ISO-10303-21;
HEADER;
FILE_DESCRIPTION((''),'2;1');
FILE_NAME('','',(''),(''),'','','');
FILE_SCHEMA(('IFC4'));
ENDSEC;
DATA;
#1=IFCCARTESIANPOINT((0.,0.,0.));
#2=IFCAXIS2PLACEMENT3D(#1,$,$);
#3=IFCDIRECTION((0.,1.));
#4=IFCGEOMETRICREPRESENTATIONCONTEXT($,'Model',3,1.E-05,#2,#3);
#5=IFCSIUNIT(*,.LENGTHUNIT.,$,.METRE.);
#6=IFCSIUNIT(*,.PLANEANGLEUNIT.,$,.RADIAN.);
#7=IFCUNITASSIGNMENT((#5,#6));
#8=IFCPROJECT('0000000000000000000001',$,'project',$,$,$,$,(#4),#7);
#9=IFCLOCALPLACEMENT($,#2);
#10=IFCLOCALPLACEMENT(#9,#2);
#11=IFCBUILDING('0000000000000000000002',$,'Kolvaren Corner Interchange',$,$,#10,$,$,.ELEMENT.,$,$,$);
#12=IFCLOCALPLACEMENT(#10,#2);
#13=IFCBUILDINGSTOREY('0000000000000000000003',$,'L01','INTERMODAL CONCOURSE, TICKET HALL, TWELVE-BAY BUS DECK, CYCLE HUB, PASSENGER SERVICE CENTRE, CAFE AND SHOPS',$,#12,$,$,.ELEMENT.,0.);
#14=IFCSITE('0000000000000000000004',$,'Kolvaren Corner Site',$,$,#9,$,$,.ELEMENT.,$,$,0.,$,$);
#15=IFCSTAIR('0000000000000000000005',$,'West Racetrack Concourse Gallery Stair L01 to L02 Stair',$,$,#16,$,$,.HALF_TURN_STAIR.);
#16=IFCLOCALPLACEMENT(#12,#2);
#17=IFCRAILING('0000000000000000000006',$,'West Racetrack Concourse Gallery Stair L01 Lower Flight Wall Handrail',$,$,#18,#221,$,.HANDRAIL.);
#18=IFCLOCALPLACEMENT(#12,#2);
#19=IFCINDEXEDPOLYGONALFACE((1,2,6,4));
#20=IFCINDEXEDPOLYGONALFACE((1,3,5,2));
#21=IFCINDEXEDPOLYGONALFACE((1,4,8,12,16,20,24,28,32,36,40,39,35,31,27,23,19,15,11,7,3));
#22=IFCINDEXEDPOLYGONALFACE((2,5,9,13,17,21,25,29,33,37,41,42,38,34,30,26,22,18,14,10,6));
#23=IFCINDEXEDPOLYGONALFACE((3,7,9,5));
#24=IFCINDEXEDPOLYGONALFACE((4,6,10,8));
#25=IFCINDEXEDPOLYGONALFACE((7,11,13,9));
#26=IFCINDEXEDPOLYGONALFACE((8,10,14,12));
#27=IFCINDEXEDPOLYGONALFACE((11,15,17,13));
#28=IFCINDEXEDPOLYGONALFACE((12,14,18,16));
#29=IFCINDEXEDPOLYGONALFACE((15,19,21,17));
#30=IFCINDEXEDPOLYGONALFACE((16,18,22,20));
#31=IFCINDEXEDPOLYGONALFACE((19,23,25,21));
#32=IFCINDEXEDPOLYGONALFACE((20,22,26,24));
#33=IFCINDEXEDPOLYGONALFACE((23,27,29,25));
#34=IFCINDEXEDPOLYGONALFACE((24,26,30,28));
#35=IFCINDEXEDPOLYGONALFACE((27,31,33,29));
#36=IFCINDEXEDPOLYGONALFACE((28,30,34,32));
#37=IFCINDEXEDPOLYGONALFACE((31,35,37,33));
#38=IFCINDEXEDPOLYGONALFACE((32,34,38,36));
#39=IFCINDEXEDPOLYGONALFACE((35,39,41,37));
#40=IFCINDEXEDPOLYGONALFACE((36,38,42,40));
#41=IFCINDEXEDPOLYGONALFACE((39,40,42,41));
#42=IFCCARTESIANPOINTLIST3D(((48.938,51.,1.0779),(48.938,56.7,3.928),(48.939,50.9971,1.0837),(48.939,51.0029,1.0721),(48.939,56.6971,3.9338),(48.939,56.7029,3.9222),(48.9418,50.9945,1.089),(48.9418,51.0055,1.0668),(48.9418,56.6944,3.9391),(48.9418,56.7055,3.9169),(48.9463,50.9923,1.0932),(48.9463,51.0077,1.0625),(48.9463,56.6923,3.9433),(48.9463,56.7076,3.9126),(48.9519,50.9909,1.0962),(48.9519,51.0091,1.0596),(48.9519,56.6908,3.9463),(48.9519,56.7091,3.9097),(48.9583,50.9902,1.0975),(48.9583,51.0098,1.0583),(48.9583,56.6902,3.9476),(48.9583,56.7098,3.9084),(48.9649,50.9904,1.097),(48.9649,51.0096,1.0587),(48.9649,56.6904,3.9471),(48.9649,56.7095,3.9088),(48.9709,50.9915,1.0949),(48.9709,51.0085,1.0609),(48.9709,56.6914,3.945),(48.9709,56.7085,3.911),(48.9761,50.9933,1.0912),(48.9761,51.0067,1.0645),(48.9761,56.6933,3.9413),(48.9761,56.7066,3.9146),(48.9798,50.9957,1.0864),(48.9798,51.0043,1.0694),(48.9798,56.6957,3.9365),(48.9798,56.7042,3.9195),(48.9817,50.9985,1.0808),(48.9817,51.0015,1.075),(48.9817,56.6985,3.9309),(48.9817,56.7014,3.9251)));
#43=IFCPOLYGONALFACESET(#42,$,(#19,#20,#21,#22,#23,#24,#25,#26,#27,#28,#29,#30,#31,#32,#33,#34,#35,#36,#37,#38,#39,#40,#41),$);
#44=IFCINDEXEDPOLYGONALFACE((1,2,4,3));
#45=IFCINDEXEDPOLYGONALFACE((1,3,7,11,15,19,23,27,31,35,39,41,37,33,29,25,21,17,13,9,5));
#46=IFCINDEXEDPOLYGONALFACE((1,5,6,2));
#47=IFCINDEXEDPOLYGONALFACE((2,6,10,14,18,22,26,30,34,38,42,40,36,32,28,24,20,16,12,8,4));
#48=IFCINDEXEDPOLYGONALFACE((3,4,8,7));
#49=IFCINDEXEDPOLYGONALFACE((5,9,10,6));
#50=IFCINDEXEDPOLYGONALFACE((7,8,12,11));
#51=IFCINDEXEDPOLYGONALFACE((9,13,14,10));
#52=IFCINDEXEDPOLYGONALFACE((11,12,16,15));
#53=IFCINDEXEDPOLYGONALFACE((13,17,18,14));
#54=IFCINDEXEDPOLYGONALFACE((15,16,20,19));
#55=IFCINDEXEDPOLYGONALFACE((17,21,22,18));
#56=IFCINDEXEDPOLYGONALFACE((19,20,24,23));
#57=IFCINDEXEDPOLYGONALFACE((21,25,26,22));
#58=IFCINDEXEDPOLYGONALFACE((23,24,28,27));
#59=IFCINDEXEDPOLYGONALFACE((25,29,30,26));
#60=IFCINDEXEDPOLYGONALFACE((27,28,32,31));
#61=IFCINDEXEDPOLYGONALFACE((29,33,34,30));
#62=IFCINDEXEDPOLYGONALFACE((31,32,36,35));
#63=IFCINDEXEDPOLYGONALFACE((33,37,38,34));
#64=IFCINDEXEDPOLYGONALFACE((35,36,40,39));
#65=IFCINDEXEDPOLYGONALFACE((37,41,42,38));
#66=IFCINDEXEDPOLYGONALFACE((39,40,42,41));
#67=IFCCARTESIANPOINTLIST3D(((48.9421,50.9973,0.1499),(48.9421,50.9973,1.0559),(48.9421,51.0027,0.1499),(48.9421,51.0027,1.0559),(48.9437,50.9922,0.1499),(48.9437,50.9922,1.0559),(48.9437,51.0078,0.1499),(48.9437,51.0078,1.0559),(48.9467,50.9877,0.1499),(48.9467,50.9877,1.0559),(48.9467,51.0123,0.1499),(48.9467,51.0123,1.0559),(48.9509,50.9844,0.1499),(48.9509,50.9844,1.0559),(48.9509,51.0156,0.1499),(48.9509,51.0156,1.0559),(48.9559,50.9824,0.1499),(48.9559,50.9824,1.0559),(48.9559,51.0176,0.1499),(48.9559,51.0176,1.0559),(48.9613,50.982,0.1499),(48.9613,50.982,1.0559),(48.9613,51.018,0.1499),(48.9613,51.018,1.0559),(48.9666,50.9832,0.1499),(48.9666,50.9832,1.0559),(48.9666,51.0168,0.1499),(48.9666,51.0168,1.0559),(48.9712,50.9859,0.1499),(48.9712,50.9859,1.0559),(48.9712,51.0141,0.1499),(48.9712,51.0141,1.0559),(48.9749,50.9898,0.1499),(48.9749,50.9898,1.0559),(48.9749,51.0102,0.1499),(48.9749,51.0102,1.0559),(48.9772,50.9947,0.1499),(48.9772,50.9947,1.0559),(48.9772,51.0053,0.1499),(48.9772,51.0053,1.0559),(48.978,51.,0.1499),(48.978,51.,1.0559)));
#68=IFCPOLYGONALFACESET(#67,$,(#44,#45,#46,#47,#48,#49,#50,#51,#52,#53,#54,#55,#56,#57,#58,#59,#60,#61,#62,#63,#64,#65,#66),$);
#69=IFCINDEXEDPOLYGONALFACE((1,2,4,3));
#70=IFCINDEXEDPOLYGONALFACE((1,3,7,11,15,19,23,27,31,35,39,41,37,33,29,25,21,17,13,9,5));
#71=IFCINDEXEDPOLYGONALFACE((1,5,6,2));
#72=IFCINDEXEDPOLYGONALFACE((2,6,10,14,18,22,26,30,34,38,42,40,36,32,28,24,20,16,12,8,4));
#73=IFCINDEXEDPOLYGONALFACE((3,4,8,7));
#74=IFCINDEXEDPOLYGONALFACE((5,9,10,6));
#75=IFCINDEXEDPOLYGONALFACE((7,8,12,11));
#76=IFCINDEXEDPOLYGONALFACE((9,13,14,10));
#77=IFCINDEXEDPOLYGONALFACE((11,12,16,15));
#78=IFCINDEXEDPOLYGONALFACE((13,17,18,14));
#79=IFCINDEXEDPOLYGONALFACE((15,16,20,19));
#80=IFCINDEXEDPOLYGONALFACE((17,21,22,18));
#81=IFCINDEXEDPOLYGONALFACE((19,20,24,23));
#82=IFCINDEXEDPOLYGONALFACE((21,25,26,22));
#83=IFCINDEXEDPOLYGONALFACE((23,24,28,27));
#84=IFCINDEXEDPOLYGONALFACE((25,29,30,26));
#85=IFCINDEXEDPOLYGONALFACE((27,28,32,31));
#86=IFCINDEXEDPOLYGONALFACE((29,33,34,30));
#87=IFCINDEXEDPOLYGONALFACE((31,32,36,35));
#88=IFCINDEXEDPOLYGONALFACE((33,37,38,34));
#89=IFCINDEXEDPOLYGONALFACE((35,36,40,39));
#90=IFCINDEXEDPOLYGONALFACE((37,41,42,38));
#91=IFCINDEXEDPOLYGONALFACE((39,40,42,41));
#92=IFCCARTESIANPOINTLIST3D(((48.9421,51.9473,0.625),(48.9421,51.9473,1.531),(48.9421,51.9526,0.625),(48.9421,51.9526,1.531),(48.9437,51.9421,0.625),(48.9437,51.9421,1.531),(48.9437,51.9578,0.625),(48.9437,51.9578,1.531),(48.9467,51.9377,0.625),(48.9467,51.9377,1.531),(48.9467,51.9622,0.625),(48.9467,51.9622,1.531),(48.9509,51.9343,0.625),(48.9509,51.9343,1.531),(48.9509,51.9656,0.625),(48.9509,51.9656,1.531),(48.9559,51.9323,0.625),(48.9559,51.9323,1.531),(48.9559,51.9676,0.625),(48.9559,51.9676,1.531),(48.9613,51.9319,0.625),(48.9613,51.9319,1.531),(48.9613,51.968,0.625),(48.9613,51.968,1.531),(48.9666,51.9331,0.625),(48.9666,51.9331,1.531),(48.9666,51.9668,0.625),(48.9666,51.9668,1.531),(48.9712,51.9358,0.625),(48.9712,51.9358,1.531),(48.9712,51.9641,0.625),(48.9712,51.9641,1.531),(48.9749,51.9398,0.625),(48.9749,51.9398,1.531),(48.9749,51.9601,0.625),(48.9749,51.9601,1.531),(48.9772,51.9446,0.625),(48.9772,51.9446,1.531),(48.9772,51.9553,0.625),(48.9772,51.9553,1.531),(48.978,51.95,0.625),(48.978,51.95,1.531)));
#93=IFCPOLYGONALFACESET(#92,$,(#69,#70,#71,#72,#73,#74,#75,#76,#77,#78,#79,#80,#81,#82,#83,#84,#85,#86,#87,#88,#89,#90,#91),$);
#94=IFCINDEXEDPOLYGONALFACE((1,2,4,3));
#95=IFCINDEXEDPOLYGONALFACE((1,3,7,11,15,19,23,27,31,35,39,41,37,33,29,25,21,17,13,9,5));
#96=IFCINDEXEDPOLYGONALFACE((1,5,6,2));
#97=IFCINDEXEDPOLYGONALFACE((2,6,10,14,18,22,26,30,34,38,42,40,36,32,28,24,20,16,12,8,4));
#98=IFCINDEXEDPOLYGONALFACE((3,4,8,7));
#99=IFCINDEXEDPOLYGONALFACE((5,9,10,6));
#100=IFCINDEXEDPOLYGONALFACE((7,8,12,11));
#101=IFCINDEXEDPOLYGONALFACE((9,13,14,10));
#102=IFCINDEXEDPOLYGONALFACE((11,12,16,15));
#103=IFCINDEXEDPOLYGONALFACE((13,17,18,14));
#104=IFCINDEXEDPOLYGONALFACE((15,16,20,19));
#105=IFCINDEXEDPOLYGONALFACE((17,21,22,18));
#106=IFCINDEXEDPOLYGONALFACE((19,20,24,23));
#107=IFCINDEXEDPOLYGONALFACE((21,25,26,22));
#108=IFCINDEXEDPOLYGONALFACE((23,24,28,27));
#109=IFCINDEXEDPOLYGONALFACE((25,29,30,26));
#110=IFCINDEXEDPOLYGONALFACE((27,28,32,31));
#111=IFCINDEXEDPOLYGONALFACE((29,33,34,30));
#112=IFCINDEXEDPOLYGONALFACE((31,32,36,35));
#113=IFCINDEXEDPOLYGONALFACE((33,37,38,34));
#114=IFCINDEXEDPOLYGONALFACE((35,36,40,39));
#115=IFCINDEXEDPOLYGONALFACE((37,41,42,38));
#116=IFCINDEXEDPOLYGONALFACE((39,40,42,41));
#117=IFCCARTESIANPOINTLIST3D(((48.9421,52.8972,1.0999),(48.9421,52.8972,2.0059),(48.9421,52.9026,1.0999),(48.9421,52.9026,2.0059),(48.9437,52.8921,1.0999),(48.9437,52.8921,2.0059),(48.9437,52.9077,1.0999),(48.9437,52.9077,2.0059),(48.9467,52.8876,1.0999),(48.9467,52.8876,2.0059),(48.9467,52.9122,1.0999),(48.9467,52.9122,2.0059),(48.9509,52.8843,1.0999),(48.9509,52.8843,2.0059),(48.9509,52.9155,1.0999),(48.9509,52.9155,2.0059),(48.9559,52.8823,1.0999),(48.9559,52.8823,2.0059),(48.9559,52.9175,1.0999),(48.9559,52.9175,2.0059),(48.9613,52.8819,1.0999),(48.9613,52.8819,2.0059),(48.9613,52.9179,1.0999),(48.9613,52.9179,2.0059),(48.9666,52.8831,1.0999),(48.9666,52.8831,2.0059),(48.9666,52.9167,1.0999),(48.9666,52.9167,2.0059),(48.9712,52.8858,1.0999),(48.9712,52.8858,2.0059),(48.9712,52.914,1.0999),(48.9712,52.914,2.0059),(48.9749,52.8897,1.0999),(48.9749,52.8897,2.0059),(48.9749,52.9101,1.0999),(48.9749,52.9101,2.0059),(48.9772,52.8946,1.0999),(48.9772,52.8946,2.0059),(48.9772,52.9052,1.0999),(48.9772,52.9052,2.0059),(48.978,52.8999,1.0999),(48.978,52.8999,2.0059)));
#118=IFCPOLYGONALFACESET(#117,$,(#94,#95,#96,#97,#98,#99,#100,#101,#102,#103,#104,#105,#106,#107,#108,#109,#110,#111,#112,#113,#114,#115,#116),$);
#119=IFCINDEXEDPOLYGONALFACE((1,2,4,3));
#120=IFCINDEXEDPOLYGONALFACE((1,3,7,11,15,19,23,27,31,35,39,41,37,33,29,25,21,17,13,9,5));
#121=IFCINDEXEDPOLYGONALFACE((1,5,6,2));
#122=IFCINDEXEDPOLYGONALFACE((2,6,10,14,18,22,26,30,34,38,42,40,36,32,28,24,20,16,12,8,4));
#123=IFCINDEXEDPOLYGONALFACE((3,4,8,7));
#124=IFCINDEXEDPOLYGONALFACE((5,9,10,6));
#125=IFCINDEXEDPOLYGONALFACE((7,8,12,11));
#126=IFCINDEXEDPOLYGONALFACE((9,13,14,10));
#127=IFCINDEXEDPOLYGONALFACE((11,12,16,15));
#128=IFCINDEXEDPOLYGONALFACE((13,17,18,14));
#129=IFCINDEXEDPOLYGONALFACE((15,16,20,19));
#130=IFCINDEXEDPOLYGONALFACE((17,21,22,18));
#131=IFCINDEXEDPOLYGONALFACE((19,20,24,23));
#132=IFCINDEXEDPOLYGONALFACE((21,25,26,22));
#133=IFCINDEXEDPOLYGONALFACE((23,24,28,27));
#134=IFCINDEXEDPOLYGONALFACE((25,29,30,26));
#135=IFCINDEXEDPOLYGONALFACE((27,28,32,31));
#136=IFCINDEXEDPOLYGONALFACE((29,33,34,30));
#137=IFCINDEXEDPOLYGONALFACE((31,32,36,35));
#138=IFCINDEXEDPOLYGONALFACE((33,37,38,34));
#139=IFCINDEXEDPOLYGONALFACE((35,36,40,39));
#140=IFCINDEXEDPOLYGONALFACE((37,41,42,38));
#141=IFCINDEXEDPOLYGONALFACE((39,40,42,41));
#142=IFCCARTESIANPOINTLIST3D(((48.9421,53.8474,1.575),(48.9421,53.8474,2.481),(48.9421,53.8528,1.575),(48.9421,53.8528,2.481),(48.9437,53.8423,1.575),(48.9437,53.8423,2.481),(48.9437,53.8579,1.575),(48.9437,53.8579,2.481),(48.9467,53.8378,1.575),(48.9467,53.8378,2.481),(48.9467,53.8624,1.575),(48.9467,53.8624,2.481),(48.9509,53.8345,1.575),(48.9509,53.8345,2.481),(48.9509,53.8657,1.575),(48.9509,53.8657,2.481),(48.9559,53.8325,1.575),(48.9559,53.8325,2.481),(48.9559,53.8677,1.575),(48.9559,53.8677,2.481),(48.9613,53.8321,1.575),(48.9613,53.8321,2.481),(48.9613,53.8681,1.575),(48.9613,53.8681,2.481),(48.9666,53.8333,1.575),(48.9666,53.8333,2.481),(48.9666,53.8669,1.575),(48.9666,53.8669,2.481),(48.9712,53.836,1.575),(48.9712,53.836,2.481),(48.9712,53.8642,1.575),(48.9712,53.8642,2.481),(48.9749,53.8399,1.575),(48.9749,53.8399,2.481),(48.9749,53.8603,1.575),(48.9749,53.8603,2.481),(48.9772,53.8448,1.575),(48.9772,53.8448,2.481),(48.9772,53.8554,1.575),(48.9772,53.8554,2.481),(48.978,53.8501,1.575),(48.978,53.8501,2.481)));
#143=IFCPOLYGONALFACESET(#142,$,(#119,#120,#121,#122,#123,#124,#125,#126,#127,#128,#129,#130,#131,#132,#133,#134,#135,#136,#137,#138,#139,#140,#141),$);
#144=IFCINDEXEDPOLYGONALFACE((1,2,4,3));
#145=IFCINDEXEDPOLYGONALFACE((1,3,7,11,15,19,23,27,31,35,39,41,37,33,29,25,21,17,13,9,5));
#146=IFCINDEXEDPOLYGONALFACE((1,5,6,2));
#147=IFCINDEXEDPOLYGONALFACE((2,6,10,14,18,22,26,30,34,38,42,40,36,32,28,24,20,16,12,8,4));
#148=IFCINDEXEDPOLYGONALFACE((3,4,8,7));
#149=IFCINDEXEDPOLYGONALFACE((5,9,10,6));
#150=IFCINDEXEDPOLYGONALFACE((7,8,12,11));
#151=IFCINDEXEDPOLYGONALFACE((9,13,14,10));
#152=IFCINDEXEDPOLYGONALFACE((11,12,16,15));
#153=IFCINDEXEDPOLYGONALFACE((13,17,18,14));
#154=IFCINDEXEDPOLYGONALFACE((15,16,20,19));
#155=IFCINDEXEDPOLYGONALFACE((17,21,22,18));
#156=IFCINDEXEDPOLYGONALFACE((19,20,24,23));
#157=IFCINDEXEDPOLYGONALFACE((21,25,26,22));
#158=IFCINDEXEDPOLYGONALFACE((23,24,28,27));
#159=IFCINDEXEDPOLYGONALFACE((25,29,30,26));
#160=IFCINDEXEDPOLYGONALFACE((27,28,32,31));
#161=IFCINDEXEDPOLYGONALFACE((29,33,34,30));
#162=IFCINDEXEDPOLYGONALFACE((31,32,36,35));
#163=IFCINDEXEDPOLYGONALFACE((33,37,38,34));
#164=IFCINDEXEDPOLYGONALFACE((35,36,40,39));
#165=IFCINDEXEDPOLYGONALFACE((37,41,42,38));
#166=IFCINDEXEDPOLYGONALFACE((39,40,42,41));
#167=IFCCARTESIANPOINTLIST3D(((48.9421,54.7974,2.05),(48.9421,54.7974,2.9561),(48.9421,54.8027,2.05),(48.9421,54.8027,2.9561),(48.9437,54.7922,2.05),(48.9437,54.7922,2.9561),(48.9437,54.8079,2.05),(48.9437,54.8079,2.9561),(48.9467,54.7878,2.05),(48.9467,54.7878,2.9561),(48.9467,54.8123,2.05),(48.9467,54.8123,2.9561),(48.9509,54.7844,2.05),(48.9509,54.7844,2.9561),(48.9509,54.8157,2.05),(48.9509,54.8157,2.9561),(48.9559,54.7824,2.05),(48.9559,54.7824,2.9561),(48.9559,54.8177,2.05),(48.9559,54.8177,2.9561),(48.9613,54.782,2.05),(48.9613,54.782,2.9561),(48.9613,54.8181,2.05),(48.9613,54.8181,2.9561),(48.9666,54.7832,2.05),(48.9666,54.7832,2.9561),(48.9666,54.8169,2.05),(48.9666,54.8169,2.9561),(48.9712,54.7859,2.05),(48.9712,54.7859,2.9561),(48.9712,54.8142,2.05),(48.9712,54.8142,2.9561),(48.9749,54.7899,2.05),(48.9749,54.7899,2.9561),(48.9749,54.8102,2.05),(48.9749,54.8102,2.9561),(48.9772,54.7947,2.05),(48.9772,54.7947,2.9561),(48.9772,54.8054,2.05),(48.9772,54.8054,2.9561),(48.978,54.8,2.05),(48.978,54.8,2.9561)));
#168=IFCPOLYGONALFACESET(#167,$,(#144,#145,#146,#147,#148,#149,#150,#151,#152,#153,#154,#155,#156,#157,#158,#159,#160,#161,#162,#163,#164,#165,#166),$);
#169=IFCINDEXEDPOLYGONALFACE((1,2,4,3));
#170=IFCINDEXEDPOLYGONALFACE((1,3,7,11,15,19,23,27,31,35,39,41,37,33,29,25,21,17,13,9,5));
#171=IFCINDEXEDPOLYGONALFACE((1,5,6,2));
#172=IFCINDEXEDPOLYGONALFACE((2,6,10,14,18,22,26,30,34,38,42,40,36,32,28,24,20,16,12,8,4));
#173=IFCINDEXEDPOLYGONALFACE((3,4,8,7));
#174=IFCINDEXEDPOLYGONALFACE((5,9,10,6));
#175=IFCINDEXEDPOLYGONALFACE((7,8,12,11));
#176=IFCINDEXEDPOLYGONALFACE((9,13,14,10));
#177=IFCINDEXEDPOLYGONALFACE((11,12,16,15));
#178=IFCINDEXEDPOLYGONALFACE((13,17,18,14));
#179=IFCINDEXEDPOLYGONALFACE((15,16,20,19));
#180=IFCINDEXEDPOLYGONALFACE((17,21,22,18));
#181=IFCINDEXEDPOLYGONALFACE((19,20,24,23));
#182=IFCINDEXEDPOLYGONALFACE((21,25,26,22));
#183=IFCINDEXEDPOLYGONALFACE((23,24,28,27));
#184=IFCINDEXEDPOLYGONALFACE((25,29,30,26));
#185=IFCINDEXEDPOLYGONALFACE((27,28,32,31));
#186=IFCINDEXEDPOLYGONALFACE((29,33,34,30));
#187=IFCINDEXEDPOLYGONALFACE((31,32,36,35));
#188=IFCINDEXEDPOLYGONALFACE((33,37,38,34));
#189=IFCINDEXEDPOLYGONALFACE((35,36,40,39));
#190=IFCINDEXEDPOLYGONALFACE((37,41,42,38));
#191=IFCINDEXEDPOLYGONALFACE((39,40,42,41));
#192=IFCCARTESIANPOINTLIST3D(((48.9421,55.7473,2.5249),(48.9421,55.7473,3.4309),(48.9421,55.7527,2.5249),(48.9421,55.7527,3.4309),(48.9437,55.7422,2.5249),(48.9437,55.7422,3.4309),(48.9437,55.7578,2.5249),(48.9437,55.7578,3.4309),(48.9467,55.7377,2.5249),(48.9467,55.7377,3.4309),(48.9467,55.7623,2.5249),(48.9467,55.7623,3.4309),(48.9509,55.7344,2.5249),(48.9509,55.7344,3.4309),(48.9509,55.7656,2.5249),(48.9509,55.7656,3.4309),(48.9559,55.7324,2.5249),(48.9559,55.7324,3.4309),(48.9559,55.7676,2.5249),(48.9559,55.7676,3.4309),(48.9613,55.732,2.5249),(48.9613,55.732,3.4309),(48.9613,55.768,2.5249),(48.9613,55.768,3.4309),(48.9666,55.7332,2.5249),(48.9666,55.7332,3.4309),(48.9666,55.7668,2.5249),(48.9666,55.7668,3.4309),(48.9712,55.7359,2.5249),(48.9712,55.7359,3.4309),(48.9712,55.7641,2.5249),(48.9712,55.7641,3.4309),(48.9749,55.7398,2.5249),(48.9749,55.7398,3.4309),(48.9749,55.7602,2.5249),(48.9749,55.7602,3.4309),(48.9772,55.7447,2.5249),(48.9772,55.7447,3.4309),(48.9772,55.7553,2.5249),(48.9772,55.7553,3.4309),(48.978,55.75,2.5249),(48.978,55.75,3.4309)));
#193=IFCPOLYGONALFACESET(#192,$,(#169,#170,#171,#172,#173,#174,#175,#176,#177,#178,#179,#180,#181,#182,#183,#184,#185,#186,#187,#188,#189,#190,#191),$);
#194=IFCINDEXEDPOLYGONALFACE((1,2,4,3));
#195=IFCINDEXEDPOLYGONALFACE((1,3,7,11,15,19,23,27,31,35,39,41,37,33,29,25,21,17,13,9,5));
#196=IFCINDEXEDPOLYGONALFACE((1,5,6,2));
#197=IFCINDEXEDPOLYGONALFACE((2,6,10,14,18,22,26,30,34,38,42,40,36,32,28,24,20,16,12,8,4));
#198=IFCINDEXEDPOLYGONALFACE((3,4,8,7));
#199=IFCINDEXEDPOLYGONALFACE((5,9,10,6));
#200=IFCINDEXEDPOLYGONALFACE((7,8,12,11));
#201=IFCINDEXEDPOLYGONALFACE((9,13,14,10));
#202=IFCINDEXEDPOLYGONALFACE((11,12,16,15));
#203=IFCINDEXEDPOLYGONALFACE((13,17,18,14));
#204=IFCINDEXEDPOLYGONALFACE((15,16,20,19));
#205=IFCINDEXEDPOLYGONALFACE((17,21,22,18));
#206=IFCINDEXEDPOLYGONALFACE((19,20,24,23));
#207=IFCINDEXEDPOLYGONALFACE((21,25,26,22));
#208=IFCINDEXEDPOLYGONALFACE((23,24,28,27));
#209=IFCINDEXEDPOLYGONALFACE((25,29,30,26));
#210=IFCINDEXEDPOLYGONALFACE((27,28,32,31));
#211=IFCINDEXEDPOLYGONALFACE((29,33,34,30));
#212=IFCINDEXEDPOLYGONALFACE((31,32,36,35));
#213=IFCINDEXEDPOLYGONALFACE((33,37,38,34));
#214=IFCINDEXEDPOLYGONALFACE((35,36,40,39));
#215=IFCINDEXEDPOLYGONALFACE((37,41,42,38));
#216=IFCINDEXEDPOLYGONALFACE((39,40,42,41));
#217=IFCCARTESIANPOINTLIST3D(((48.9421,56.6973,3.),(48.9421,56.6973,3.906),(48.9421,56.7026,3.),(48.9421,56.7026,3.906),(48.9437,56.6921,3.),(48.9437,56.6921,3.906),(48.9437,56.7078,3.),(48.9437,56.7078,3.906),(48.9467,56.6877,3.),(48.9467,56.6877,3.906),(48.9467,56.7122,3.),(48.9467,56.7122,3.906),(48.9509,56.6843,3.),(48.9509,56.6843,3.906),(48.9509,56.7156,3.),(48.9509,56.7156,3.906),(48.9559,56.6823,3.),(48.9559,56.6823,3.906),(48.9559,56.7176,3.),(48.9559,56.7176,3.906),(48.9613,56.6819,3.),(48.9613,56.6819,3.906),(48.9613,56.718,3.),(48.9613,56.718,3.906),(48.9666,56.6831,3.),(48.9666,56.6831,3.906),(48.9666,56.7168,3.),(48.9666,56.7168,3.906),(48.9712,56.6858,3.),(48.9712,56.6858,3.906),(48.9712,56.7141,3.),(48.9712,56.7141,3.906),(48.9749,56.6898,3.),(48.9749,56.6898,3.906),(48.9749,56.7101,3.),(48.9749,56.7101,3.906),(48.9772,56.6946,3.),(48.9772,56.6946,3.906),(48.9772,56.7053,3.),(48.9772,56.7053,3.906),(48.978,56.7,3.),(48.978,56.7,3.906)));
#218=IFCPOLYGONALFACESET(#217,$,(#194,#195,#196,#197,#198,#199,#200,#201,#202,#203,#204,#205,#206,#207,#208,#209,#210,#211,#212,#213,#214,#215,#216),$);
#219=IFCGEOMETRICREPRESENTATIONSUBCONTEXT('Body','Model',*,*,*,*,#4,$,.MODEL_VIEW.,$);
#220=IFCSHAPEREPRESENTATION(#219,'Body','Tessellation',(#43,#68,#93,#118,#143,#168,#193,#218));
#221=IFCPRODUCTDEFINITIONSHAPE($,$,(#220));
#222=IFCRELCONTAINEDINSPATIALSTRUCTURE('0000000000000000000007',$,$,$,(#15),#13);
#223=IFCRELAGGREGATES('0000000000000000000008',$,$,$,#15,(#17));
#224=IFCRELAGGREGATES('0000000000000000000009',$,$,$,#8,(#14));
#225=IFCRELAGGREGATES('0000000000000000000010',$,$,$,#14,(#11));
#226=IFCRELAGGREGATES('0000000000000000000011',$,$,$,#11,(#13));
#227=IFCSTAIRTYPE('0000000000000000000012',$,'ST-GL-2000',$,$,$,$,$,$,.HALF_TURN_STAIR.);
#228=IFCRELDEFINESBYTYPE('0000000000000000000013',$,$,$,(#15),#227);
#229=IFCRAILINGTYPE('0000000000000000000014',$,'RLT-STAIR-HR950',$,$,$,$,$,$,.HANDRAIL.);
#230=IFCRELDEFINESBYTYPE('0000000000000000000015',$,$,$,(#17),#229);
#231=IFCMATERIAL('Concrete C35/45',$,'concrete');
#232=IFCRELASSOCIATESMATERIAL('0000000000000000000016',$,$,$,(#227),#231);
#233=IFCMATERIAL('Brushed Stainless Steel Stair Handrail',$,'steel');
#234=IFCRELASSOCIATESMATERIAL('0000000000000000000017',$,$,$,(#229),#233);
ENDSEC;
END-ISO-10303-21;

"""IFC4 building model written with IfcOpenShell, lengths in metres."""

from ifc_helpers import new_model, si_unit, direction, frame, origin, origin_2d, place, context, subcontext, project, spatial, circle, extrude, material, type_object, element, aggregate, save


model = new_model("IFC4")

# Units and contexts
model_context = context("Model", 3, precision=1e-05, world=origin(), true_north=direction((0.0, 1.0)))
body_context = subcontext(model_context, "Body", "Model", "MODEL_VIEW")
ifc_project = project(units=[si_unit("LENGTHUNIT", "METRE"), si_unit("PLANEANGLEUNIT", "RADIAN")], contexts=[model_context])

# Site, building, storey
site_placement = place(None, origin())
site = spatial("IfcSite", under=ifc_project, at=site_placement, Name="Kolvaren Corner Site", CompositionType="ELEMENT", RefElevation=0.0)
building_placement = place(site_placement, origin())
building = spatial("IfcBuilding", under=site, at=building_placement, Name="Kolvaren Corner Interchange", CompositionType="ELEMENT")
storey_placement = place(building_placement, origin())
storey = spatial("IfcBuildingStorey", under=building, at=storey_placement, Name="L01", Description="INTERMODAL CONCOURSE, TICKET HALL, TWELVE-BAY BUS DECK, CYCLE HUB, PASSENGER SERVICE CENTRE, CAFE AND SHOPS", CompositionType="ELEMENT", Elevation=0.0)

# Stair, railing
ifc_material_1 = material(Name="Concrete C35/45", Category="concrete")
stair_type = type_object("IfcStairType", Name="ST-GL-2000", PredefinedType="HALF_TURN_STAIR", material=ifc_material_1)
stair_placement = place(storey_placement, origin())
stair = element("IfcStair", 1, at=stair_placement, inside=storey, type_object=stair_type, Name="West Racetrack Concourse Gallery Stair L01 to L02 Stair", PredefinedType="HALF_TURN_STAIR")
ifc_material_2 = material(Name="Brushed Stainless Steel Stair Handrail", Category="steel")
railing_type = type_object("IfcRailingType", Name="RLT-STAIR-HR950", PredefinedType="HANDRAIL", material=ifc_material_2)
railing_placement = place(storey_placement, frame((48.96, 51.0, 0.1499)))
railing = element("IfcRailing", 2, at=railing_placement, type_object=railing_type, Name="West Racetrack Concourse Gallery Stair L01 Lower Flight Wall Handrail", PredefinedType="HANDRAIL", context=body_context, shape_type="SweptSolid", body=[
    extrude(circle(Radius=0.022, at=origin_2d()), frame((0.0, 0.0, 0.928), z_axis=(0.0, 0.89442, 0.447229), x_axis=(-1.0, 0.0, 0.0)), (0.0, 0.0, 1.0), 6.3728),
    extrude(circle(Radius=0.0181, at=origin_2d()), origin(), (0.0, 0.0, 1.0), 0.906),
    extrude(circle(Radius=0.0181, at=origin_2d()), frame((0.0, 0.95, 0.4751)), (0.0, 0.0, 1.0), 0.906),
    extrude(circle(Radius=0.0181, at=origin_2d()), frame((0.0, 1.8999, 0.95)), (0.0, 0.0, 1.0), 0.906),
    extrude(circle(Radius=0.0181, at=origin_2d()), frame((0.0, 2.8501, 1.425)), (0.0, 0.0, 1.0), 0.906),
    extrude(circle(Radius=0.0181, at=origin_2d()), frame((0.0, 3.8, 1.9001)), (0.0, 0.0, 1.0), 0.906),
    extrude(circle(Radius=0.0181, at=origin_2d()), frame((0.0, 4.75, 2.375)), (0.0, 0.0, 1.0), 0.906),
    extrude(circle(Radius=0.0181, at=origin_2d()), frame((0.0, 5.7, 2.8501)), (0.0, 0.0, 1.0), 0.906),
])
aggregate(stair, [railing])

save(model, "model.ifc")
